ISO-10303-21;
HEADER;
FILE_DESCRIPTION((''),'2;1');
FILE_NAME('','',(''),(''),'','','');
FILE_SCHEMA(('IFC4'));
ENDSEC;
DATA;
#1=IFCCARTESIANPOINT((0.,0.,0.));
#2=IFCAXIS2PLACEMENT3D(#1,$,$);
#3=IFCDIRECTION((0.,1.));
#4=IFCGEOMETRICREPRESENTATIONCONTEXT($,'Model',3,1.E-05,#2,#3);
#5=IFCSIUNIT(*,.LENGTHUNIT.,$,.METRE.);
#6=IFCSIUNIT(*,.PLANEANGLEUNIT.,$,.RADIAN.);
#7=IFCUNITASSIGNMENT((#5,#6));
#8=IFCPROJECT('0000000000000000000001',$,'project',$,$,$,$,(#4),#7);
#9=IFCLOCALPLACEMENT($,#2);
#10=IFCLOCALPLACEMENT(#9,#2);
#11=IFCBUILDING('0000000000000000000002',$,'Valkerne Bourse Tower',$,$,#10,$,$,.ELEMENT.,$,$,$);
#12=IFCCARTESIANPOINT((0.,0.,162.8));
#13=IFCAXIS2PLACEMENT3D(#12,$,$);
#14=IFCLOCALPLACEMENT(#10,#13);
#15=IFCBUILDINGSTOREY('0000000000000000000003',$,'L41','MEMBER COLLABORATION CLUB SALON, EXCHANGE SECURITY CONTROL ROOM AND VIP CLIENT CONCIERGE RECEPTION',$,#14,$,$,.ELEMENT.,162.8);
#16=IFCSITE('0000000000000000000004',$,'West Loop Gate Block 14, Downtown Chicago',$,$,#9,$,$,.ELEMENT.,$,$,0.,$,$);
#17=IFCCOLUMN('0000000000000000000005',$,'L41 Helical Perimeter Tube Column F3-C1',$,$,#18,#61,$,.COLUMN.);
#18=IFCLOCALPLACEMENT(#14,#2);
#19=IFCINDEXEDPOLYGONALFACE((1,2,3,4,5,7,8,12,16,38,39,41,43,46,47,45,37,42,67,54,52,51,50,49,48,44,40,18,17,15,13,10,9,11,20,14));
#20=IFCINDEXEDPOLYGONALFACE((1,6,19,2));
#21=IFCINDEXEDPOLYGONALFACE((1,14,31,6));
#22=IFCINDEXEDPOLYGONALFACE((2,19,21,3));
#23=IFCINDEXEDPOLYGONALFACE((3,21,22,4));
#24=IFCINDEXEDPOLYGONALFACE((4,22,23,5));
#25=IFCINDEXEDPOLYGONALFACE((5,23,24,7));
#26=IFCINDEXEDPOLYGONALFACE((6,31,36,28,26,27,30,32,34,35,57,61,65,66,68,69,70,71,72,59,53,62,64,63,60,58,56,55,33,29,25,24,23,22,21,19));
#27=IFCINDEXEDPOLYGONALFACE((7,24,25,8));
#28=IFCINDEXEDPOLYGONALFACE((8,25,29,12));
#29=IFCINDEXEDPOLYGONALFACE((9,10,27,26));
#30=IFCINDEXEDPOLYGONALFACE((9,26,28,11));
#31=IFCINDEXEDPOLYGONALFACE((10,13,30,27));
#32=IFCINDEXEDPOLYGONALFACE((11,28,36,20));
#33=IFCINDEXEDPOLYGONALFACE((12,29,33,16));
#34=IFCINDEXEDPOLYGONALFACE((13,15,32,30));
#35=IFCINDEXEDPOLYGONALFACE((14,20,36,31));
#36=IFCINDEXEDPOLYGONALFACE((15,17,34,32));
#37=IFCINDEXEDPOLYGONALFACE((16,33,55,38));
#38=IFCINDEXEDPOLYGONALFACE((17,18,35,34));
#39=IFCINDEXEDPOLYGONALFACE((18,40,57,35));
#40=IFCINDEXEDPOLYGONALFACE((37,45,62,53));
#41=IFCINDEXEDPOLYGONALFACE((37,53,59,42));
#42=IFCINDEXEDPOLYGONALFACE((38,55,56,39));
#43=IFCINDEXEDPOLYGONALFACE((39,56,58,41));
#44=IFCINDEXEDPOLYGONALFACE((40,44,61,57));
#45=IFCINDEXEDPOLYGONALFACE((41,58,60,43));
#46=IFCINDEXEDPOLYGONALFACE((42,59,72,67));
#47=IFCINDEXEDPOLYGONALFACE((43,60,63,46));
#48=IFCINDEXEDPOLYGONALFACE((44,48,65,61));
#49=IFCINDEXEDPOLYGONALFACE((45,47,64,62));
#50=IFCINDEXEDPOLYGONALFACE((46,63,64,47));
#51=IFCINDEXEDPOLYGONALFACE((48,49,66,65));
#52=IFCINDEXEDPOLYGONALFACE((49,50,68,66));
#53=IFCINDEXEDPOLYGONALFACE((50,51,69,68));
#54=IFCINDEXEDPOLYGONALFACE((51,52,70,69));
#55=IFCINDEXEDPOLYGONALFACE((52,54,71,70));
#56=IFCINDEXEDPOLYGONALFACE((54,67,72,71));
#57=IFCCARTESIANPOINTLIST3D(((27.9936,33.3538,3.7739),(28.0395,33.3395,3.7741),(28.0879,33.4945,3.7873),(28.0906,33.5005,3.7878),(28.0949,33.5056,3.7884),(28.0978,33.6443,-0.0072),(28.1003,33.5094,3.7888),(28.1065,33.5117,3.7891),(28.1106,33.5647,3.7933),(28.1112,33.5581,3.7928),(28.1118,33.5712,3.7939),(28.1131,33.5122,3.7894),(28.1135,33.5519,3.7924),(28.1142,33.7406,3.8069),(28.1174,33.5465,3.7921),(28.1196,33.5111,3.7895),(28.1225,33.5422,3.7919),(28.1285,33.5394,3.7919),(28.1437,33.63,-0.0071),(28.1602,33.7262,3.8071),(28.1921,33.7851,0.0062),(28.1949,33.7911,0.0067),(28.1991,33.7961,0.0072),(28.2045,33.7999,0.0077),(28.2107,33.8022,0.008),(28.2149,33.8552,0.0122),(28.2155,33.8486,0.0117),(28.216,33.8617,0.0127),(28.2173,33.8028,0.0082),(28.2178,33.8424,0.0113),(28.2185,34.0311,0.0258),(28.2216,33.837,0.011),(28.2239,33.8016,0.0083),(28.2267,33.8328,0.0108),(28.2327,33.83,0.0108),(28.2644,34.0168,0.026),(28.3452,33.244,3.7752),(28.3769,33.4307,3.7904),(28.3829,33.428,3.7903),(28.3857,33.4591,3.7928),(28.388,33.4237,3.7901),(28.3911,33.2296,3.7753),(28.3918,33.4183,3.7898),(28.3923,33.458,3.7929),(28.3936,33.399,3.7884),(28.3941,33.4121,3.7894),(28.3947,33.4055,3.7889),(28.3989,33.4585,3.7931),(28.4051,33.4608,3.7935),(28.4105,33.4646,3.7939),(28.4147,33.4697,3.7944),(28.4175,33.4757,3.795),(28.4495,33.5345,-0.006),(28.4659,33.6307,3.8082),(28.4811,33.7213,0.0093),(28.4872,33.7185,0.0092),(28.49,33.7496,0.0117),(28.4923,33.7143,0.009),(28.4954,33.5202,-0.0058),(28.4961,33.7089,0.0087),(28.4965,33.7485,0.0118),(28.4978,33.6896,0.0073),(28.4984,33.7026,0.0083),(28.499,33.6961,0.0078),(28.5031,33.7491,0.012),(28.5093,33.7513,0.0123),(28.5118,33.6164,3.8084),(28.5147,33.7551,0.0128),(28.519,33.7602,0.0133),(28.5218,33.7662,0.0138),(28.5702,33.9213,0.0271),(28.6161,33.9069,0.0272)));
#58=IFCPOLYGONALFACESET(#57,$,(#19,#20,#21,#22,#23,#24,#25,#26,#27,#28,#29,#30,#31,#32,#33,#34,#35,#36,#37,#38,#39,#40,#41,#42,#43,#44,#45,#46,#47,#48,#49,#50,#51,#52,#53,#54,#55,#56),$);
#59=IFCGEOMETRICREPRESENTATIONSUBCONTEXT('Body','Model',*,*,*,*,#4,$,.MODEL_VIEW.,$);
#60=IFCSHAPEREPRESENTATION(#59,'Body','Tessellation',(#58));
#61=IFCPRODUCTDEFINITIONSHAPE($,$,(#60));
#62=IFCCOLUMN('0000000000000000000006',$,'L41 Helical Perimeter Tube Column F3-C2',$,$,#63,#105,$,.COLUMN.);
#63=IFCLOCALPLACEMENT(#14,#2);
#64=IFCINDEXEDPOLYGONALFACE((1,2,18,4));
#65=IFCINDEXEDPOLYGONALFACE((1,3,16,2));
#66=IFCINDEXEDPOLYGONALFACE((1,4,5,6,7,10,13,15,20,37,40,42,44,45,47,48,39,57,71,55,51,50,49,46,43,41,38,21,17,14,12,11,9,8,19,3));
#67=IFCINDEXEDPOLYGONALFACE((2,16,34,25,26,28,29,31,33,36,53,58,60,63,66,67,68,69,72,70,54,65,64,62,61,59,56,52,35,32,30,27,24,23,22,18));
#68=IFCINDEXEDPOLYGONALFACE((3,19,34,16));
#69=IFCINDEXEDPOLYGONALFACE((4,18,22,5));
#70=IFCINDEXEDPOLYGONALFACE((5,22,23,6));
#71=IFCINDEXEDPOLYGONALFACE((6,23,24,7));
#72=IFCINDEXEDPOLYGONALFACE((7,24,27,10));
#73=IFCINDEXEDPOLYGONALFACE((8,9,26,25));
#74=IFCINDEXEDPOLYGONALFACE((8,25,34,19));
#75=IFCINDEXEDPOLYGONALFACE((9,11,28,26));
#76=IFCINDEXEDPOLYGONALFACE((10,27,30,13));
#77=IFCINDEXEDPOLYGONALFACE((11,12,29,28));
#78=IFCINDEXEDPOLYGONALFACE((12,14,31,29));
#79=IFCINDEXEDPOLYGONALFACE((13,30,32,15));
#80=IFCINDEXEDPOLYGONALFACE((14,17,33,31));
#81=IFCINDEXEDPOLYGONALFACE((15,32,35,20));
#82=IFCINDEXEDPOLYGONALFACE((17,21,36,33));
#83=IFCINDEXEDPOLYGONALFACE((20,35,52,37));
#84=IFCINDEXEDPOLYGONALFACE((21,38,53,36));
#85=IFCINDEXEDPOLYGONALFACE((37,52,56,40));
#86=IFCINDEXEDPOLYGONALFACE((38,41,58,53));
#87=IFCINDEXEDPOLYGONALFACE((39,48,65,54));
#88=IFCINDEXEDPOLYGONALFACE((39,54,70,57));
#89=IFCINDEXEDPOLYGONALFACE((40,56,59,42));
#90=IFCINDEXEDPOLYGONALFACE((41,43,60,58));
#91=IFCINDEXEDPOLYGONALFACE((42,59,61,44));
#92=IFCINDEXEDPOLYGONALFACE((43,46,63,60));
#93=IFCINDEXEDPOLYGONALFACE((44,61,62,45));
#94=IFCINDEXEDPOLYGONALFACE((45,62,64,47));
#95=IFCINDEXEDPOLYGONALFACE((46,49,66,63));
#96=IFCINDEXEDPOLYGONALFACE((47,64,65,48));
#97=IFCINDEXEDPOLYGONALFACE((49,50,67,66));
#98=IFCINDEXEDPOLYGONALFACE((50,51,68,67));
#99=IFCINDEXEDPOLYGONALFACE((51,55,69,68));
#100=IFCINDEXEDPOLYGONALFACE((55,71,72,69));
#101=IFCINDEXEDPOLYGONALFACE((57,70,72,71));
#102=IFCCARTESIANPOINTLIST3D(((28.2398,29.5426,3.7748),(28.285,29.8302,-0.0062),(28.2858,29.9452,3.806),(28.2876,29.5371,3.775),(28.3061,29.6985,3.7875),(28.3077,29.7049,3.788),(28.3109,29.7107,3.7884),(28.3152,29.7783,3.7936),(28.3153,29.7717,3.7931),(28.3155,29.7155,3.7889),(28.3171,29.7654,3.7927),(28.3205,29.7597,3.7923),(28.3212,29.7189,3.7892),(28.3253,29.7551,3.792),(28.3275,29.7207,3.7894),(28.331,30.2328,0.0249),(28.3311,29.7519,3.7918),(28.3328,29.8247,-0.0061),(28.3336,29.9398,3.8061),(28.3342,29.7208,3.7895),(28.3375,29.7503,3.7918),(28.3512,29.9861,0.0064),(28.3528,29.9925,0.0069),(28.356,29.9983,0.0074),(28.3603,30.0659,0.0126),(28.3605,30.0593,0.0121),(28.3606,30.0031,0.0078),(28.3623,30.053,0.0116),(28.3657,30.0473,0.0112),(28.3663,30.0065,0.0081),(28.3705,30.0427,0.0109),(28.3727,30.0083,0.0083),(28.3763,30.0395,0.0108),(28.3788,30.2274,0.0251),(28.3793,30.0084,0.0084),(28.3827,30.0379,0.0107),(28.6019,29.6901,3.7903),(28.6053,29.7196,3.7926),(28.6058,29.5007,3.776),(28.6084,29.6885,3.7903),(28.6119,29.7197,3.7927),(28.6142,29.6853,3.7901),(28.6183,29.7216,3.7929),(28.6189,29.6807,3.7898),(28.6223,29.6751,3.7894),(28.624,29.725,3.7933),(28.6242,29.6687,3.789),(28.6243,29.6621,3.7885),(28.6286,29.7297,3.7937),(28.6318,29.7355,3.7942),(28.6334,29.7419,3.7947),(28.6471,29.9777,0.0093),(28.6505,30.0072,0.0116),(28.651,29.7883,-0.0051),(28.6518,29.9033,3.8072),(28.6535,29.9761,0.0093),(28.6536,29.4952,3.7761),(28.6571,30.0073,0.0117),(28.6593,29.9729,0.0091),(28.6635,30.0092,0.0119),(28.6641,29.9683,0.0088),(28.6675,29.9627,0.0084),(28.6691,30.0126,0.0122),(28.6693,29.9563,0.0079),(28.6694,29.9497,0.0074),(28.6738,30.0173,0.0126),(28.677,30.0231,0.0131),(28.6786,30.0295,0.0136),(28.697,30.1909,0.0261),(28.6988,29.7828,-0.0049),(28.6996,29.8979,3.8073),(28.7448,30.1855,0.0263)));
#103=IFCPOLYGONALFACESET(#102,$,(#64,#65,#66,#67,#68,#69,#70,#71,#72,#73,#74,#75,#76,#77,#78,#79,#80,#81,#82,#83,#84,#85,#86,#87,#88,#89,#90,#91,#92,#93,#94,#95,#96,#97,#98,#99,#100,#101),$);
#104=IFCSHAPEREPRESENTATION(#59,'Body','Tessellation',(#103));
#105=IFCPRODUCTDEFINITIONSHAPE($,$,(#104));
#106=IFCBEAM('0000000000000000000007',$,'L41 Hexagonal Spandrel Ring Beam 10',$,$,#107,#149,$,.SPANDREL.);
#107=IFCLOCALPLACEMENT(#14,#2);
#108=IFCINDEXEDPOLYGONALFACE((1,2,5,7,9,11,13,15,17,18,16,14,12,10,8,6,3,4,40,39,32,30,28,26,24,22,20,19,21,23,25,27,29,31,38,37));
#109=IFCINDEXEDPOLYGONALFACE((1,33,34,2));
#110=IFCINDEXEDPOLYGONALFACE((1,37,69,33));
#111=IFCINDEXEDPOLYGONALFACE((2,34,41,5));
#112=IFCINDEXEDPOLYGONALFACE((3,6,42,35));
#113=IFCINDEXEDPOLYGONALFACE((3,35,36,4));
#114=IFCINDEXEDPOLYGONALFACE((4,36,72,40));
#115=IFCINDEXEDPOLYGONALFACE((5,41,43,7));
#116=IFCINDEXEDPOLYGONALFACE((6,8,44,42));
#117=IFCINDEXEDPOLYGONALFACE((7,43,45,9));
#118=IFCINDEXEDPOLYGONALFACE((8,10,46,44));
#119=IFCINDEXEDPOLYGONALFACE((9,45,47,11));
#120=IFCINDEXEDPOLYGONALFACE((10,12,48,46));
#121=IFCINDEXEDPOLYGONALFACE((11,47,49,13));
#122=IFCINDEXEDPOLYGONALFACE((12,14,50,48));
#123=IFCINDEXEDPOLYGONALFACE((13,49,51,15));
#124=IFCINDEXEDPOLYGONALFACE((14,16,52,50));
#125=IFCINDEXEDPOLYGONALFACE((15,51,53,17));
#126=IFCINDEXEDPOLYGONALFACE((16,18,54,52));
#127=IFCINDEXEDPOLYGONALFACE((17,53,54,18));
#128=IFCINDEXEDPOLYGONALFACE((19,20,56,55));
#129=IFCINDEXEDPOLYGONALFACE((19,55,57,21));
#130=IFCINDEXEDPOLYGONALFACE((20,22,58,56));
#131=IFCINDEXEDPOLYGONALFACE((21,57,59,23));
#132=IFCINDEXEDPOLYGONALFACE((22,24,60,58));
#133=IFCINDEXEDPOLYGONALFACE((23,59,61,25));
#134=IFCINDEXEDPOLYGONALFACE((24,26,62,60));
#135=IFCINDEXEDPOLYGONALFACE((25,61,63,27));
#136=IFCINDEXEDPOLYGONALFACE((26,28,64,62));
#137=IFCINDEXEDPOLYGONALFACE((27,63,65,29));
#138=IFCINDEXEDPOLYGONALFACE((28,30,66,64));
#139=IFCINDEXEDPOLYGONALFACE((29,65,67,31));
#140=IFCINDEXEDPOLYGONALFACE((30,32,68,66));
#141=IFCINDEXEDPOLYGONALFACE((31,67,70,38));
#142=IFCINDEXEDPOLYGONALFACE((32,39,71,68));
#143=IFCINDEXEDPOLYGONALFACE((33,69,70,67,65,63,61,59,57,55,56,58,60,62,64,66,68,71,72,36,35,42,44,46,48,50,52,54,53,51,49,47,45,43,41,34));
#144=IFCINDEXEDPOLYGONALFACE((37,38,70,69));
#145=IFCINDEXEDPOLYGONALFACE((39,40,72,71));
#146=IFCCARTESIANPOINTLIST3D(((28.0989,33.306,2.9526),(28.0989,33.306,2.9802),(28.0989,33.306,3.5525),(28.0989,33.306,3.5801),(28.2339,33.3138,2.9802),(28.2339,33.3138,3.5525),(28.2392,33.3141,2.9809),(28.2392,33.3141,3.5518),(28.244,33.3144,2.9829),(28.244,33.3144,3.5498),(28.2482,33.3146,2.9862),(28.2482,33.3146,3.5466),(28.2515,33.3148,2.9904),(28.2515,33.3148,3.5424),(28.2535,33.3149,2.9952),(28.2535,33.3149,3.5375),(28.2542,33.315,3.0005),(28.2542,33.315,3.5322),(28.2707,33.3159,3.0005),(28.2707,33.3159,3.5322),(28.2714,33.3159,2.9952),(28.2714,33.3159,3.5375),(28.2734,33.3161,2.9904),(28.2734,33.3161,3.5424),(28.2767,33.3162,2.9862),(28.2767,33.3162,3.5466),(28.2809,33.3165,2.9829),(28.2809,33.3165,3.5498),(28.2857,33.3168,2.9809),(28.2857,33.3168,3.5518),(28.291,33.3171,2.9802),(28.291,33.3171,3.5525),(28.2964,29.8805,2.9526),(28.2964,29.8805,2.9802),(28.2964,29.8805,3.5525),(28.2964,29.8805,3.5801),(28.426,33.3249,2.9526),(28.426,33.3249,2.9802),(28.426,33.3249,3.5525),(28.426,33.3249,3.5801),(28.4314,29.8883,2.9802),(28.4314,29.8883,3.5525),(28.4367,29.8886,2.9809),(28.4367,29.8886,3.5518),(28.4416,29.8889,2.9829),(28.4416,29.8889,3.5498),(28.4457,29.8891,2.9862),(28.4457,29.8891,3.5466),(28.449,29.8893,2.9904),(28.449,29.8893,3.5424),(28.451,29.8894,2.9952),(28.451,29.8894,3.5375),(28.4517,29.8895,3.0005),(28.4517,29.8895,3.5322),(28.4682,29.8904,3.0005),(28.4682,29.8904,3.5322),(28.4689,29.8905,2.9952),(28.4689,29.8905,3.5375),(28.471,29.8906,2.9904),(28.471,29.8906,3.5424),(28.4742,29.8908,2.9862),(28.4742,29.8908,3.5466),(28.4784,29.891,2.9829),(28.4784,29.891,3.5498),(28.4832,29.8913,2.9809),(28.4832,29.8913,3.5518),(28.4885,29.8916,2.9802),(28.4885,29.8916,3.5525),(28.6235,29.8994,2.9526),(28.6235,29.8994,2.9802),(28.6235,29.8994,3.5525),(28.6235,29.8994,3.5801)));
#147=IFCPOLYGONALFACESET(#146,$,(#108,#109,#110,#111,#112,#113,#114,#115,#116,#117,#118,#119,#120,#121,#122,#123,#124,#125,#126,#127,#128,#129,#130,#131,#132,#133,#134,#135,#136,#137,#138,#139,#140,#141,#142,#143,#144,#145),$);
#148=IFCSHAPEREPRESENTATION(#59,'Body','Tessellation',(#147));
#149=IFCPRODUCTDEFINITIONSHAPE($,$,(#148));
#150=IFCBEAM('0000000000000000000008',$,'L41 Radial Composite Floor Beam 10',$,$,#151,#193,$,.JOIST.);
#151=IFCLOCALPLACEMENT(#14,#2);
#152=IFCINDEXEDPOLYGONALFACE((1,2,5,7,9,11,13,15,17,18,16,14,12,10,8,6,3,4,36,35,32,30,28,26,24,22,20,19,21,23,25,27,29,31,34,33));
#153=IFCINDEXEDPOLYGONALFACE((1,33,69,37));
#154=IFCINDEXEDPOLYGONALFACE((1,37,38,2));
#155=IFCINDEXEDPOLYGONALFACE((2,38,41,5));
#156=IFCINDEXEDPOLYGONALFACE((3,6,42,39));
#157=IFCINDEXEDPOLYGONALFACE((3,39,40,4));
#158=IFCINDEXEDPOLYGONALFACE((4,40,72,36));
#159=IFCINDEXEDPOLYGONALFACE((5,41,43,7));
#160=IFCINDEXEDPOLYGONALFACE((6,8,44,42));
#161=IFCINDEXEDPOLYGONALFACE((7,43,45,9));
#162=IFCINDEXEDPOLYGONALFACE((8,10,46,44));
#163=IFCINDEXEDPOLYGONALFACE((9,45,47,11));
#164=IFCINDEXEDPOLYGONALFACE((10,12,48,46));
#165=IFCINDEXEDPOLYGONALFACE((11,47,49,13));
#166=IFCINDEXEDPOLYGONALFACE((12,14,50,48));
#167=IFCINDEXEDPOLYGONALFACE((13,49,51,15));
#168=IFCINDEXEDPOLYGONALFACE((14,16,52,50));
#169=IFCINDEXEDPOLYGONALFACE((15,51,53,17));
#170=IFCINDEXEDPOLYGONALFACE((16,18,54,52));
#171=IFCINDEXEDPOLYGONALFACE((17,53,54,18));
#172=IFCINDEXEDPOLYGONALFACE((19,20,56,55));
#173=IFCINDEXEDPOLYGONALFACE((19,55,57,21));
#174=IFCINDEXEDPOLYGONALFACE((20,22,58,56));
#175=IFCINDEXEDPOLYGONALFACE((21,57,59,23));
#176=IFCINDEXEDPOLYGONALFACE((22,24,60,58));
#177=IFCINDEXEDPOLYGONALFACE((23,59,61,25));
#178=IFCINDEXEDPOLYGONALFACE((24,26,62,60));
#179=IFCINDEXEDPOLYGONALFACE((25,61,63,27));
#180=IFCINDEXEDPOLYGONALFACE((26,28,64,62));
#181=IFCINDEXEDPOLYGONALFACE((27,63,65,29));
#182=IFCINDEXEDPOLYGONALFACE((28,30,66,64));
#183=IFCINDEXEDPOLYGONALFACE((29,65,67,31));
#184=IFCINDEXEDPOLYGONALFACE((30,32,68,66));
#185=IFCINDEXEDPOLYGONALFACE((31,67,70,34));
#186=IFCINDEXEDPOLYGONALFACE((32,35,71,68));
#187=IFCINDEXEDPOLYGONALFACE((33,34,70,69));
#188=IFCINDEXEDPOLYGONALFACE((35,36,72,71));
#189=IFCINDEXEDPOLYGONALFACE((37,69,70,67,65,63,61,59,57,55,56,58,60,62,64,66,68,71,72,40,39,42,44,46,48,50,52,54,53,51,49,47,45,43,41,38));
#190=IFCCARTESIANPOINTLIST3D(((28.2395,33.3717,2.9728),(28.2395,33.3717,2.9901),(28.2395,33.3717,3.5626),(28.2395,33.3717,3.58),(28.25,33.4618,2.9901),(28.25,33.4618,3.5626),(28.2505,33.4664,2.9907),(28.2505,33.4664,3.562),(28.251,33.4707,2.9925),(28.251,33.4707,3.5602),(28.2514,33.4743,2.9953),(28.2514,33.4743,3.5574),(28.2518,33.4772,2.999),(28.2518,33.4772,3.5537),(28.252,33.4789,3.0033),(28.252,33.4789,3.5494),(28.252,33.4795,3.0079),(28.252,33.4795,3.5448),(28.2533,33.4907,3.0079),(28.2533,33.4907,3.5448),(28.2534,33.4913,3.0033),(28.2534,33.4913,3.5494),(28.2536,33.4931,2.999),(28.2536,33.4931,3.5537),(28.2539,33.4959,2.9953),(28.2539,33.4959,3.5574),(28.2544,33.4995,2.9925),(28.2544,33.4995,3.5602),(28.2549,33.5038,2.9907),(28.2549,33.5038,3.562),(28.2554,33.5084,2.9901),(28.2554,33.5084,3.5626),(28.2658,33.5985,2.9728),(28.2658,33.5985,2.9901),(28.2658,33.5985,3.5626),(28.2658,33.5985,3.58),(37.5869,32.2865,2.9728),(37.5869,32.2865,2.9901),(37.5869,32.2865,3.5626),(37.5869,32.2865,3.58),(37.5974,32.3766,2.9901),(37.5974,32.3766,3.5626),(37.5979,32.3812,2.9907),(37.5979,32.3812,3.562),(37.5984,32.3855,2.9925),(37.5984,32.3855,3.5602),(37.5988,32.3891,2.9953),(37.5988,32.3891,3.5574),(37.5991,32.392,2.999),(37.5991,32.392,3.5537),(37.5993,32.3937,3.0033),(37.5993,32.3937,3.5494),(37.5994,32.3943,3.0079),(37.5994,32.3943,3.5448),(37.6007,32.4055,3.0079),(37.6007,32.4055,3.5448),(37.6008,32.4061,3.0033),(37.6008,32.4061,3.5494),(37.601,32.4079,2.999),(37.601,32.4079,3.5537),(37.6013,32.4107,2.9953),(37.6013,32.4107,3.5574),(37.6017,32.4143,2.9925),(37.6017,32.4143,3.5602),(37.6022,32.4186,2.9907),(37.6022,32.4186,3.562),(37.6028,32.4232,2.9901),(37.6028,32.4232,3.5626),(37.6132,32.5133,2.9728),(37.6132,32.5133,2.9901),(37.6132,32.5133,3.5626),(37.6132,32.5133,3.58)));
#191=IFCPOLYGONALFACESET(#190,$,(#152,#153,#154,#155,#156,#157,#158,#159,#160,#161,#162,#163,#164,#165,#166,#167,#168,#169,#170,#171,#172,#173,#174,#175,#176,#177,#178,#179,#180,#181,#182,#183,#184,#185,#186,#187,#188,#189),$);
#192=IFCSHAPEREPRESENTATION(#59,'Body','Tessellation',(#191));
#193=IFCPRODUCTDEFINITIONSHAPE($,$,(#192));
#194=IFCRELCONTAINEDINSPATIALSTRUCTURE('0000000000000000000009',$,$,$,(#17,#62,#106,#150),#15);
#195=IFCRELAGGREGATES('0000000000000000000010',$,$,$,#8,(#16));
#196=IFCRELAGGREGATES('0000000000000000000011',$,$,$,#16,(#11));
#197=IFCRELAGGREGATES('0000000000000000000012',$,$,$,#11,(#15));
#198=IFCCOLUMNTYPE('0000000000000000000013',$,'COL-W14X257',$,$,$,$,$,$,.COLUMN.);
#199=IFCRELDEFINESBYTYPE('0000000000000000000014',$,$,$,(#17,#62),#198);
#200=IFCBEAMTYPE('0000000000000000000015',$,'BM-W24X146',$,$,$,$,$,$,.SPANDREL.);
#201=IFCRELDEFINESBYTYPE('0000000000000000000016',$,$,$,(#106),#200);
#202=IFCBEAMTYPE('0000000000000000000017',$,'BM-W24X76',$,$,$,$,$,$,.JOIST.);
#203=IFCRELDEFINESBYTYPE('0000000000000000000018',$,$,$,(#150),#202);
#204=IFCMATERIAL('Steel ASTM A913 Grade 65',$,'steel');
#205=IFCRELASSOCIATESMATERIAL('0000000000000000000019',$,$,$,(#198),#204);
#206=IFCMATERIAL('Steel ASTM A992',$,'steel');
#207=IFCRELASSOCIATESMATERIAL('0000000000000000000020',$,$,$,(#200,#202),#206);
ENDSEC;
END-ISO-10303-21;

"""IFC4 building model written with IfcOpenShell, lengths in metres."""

from ifc_helpers import new_model, si_unit, direction, frame, origin, origin_2d, place, context, subcontext, project, spatial, i_section, extrude, material, material_profile, profile_set, type_object, element, save


model = new_model("IFC4")

# Units and contexts
model_context = context("Model", 3, precision=1e-05, world=origin(), true_north=direction((0.0, 1.0)))
body_context = subcontext(model_context, "Body", "Model", "MODEL_VIEW")
ifc_project = project(units=[si_unit("LENGTHUNIT", "METRE"), si_unit("PLANEANGLEUNIT", "RADIAN")], contexts=[model_context])

# Site, building, storey
site_placement = place(None, origin())
site = spatial("IfcSite", under=ifc_project, at=site_placement, Name="West Loop Gate Block 14, Downtown Chicago", CompositionType="ELEMENT", RefElevation=0.0)
building_placement = place(site_placement, origin())
building = spatial("IfcBuilding", under=site, at=building_placement, Name="Valkerne Bourse Tower", CompositionType="ELEMENT")
storey_placement = place(building_placement, frame((0.0, 0.0, 162.8)))
storey = spatial("IfcBuildingStorey", under=building, at=storey_placement, Name="L41", Description="MEMBER COLLABORATION CLUB SALON, EXCHANGE SECURITY CONTROL ROOM AND VIP CLIENT CONCIERGE RECEPTION", CompositionType="ELEMENT", Elevation=162.8)

# Columns
ifc_material_1 = material(Name="Steel ASTM A913 Grade 65", Category="steel")
ifc_material_profile_1 = material_profile(ifc_material_1, i_section(OverallWidth=0.4065, OverallDepth=0.4165, WebThickness=0.0298, FlangeThickness=0.0481, FilletRadius=0.0254, at=origin_2d()), Name="W14X257")
ifc_profile_set_1 = profile_set([ifc_material_profile_1], Name="Steel ASTM A913 Grade 65")
column_type = type_object("IfcColumnType", Name="COL-W14X257", PredefinedType="COLUMN", material=ifc_profile_set_1)
column_1_placement = place(storey_placement, frame((28.3569, 33.7756, 0.01), z_axis=(-0.02748, -0.076584, 0.996684), x_axis=(-0.296909, -0.951439, -0.081294)))
element("IfcColumn", 1, at=column_1_placement, inside=storey, type_object=column_type, Name="L41 Helical Perimeter Tube Column F3-C1", PredefinedType="COLUMN", context=body_context, shape_type="SweptSolid", body=[
    extrude(i_section(OverallWidth=0.4065, OverallDepth=0.4165, WebThickness=0.0298, FlangeThickness=0.0481, FilletRadius=0.0254, at=origin_2d()), origin(), (0.0, 0.0, 1.0), 3.7937),
])
column_2_placement = place(storey_placement, frame((28.5149, 30.0078, 0.01), z_axis=(-0.01191, -0.075839, 0.997049), x_axis=(-0.113182, -0.990609, -0.076702)))
element("IfcColumn", 2, at=column_2_placement, inside=storey, type_object=column_type, Name="L41 Helical Perimeter Tube Column F3-C2", PredefinedType="COLUMN", context=body_context, shape_type="SweptSolid", body=[
    extrude(i_section(OverallWidth=0.4065, OverallDepth=0.4165, WebThickness=0.0298, FlangeThickness=0.0481, FilletRadius=0.0254, at=origin_2d()), origin(), (0.0, 0.0, 1.0), 3.7922),
])

# Beams
ifc_material_2 = material(Name="Steel ASTM A992", Category="steel")
ifc_material_profile_2 = material_profile(ifc_material_2, i_section(OverallWidth=0.3276, OverallDepth=0.6274, WebThickness=0.0166, FlangeThickness=0.0276, FilletRadius=0.0203, at=origin_2d()), Name="W24X146")
ifc_profile_set_2 = profile_set([ifc_material_profile_2], Name="Steel ASTM A992")
beam_type_1 = type_object("IfcBeamType", Name="BM-W24X146", PredefinedType="SPANDREL", material=ifc_profile_set_2)
beam_1_placement = place(storey_placement, frame((28.2625, 33.3154, 3.2664), z_axis=(0.057562, -0.998342, 0.0), x_axis=(0.998342, 0.057562, 0.0)))
element("IfcBeam", 3, at=beam_1_placement, inside=storey, type_object=beam_type_1, Name="L41 Hexagonal Spandrel Ring Beam 10", PredefinedType="SPANDREL", context=body_context, shape_type="SweptSolid", body=[
    extrude(i_section(OverallWidth=0.3276, OverallDepth=0.6274, WebThickness=0.0166, FlangeThickness=0.0276, FilletRadius=0.0203, at=origin_2d()), origin(), (0.0, 0.0, 1.0), 3.4312),
])
ifc_material_profile_3 = material_profile(ifc_material_2, i_section(OverallWidth=0.2283, OverallDepth=0.6072, WebThickness=0.0112, FlangeThickness=0.0173, FilletRadius=0.0178, at=origin_2d()), Name="W24X76")
ifc_profile_set_3 = profile_set([ifc_material_profile_3], Name="Steel ASTM A992")
beam_type_2 = type_object("IfcBeamType", Name="BM-W24X76", PredefinedType="JOIST", material=ifc_profile_set_3)
beam_2_placement = place(storey_placement, frame((28.2527, 33.4851, 3.2764), z_axis=(0.993328, -0.115322, 0.0), x_axis=(0.115322, 0.993328, 0.0)))
element("IfcBeam", 4, at=beam_2_placement, inside=storey, type_object=beam_type_2, Name="L41 Radial Composite Floor Beam 10", PredefinedType="JOIST", context=body_context, shape_type="SweptSolid", body=[
    extrude(i_section(OverallWidth=0.2283, OverallDepth=0.6072, WebThickness=0.0112, FlangeThickness=0.0173, FilletRadius=0.0178, at=origin_2d()), origin(), (0.0, 0.0, 1.0), 9.4102),
])

save(model, "model.ifc")
